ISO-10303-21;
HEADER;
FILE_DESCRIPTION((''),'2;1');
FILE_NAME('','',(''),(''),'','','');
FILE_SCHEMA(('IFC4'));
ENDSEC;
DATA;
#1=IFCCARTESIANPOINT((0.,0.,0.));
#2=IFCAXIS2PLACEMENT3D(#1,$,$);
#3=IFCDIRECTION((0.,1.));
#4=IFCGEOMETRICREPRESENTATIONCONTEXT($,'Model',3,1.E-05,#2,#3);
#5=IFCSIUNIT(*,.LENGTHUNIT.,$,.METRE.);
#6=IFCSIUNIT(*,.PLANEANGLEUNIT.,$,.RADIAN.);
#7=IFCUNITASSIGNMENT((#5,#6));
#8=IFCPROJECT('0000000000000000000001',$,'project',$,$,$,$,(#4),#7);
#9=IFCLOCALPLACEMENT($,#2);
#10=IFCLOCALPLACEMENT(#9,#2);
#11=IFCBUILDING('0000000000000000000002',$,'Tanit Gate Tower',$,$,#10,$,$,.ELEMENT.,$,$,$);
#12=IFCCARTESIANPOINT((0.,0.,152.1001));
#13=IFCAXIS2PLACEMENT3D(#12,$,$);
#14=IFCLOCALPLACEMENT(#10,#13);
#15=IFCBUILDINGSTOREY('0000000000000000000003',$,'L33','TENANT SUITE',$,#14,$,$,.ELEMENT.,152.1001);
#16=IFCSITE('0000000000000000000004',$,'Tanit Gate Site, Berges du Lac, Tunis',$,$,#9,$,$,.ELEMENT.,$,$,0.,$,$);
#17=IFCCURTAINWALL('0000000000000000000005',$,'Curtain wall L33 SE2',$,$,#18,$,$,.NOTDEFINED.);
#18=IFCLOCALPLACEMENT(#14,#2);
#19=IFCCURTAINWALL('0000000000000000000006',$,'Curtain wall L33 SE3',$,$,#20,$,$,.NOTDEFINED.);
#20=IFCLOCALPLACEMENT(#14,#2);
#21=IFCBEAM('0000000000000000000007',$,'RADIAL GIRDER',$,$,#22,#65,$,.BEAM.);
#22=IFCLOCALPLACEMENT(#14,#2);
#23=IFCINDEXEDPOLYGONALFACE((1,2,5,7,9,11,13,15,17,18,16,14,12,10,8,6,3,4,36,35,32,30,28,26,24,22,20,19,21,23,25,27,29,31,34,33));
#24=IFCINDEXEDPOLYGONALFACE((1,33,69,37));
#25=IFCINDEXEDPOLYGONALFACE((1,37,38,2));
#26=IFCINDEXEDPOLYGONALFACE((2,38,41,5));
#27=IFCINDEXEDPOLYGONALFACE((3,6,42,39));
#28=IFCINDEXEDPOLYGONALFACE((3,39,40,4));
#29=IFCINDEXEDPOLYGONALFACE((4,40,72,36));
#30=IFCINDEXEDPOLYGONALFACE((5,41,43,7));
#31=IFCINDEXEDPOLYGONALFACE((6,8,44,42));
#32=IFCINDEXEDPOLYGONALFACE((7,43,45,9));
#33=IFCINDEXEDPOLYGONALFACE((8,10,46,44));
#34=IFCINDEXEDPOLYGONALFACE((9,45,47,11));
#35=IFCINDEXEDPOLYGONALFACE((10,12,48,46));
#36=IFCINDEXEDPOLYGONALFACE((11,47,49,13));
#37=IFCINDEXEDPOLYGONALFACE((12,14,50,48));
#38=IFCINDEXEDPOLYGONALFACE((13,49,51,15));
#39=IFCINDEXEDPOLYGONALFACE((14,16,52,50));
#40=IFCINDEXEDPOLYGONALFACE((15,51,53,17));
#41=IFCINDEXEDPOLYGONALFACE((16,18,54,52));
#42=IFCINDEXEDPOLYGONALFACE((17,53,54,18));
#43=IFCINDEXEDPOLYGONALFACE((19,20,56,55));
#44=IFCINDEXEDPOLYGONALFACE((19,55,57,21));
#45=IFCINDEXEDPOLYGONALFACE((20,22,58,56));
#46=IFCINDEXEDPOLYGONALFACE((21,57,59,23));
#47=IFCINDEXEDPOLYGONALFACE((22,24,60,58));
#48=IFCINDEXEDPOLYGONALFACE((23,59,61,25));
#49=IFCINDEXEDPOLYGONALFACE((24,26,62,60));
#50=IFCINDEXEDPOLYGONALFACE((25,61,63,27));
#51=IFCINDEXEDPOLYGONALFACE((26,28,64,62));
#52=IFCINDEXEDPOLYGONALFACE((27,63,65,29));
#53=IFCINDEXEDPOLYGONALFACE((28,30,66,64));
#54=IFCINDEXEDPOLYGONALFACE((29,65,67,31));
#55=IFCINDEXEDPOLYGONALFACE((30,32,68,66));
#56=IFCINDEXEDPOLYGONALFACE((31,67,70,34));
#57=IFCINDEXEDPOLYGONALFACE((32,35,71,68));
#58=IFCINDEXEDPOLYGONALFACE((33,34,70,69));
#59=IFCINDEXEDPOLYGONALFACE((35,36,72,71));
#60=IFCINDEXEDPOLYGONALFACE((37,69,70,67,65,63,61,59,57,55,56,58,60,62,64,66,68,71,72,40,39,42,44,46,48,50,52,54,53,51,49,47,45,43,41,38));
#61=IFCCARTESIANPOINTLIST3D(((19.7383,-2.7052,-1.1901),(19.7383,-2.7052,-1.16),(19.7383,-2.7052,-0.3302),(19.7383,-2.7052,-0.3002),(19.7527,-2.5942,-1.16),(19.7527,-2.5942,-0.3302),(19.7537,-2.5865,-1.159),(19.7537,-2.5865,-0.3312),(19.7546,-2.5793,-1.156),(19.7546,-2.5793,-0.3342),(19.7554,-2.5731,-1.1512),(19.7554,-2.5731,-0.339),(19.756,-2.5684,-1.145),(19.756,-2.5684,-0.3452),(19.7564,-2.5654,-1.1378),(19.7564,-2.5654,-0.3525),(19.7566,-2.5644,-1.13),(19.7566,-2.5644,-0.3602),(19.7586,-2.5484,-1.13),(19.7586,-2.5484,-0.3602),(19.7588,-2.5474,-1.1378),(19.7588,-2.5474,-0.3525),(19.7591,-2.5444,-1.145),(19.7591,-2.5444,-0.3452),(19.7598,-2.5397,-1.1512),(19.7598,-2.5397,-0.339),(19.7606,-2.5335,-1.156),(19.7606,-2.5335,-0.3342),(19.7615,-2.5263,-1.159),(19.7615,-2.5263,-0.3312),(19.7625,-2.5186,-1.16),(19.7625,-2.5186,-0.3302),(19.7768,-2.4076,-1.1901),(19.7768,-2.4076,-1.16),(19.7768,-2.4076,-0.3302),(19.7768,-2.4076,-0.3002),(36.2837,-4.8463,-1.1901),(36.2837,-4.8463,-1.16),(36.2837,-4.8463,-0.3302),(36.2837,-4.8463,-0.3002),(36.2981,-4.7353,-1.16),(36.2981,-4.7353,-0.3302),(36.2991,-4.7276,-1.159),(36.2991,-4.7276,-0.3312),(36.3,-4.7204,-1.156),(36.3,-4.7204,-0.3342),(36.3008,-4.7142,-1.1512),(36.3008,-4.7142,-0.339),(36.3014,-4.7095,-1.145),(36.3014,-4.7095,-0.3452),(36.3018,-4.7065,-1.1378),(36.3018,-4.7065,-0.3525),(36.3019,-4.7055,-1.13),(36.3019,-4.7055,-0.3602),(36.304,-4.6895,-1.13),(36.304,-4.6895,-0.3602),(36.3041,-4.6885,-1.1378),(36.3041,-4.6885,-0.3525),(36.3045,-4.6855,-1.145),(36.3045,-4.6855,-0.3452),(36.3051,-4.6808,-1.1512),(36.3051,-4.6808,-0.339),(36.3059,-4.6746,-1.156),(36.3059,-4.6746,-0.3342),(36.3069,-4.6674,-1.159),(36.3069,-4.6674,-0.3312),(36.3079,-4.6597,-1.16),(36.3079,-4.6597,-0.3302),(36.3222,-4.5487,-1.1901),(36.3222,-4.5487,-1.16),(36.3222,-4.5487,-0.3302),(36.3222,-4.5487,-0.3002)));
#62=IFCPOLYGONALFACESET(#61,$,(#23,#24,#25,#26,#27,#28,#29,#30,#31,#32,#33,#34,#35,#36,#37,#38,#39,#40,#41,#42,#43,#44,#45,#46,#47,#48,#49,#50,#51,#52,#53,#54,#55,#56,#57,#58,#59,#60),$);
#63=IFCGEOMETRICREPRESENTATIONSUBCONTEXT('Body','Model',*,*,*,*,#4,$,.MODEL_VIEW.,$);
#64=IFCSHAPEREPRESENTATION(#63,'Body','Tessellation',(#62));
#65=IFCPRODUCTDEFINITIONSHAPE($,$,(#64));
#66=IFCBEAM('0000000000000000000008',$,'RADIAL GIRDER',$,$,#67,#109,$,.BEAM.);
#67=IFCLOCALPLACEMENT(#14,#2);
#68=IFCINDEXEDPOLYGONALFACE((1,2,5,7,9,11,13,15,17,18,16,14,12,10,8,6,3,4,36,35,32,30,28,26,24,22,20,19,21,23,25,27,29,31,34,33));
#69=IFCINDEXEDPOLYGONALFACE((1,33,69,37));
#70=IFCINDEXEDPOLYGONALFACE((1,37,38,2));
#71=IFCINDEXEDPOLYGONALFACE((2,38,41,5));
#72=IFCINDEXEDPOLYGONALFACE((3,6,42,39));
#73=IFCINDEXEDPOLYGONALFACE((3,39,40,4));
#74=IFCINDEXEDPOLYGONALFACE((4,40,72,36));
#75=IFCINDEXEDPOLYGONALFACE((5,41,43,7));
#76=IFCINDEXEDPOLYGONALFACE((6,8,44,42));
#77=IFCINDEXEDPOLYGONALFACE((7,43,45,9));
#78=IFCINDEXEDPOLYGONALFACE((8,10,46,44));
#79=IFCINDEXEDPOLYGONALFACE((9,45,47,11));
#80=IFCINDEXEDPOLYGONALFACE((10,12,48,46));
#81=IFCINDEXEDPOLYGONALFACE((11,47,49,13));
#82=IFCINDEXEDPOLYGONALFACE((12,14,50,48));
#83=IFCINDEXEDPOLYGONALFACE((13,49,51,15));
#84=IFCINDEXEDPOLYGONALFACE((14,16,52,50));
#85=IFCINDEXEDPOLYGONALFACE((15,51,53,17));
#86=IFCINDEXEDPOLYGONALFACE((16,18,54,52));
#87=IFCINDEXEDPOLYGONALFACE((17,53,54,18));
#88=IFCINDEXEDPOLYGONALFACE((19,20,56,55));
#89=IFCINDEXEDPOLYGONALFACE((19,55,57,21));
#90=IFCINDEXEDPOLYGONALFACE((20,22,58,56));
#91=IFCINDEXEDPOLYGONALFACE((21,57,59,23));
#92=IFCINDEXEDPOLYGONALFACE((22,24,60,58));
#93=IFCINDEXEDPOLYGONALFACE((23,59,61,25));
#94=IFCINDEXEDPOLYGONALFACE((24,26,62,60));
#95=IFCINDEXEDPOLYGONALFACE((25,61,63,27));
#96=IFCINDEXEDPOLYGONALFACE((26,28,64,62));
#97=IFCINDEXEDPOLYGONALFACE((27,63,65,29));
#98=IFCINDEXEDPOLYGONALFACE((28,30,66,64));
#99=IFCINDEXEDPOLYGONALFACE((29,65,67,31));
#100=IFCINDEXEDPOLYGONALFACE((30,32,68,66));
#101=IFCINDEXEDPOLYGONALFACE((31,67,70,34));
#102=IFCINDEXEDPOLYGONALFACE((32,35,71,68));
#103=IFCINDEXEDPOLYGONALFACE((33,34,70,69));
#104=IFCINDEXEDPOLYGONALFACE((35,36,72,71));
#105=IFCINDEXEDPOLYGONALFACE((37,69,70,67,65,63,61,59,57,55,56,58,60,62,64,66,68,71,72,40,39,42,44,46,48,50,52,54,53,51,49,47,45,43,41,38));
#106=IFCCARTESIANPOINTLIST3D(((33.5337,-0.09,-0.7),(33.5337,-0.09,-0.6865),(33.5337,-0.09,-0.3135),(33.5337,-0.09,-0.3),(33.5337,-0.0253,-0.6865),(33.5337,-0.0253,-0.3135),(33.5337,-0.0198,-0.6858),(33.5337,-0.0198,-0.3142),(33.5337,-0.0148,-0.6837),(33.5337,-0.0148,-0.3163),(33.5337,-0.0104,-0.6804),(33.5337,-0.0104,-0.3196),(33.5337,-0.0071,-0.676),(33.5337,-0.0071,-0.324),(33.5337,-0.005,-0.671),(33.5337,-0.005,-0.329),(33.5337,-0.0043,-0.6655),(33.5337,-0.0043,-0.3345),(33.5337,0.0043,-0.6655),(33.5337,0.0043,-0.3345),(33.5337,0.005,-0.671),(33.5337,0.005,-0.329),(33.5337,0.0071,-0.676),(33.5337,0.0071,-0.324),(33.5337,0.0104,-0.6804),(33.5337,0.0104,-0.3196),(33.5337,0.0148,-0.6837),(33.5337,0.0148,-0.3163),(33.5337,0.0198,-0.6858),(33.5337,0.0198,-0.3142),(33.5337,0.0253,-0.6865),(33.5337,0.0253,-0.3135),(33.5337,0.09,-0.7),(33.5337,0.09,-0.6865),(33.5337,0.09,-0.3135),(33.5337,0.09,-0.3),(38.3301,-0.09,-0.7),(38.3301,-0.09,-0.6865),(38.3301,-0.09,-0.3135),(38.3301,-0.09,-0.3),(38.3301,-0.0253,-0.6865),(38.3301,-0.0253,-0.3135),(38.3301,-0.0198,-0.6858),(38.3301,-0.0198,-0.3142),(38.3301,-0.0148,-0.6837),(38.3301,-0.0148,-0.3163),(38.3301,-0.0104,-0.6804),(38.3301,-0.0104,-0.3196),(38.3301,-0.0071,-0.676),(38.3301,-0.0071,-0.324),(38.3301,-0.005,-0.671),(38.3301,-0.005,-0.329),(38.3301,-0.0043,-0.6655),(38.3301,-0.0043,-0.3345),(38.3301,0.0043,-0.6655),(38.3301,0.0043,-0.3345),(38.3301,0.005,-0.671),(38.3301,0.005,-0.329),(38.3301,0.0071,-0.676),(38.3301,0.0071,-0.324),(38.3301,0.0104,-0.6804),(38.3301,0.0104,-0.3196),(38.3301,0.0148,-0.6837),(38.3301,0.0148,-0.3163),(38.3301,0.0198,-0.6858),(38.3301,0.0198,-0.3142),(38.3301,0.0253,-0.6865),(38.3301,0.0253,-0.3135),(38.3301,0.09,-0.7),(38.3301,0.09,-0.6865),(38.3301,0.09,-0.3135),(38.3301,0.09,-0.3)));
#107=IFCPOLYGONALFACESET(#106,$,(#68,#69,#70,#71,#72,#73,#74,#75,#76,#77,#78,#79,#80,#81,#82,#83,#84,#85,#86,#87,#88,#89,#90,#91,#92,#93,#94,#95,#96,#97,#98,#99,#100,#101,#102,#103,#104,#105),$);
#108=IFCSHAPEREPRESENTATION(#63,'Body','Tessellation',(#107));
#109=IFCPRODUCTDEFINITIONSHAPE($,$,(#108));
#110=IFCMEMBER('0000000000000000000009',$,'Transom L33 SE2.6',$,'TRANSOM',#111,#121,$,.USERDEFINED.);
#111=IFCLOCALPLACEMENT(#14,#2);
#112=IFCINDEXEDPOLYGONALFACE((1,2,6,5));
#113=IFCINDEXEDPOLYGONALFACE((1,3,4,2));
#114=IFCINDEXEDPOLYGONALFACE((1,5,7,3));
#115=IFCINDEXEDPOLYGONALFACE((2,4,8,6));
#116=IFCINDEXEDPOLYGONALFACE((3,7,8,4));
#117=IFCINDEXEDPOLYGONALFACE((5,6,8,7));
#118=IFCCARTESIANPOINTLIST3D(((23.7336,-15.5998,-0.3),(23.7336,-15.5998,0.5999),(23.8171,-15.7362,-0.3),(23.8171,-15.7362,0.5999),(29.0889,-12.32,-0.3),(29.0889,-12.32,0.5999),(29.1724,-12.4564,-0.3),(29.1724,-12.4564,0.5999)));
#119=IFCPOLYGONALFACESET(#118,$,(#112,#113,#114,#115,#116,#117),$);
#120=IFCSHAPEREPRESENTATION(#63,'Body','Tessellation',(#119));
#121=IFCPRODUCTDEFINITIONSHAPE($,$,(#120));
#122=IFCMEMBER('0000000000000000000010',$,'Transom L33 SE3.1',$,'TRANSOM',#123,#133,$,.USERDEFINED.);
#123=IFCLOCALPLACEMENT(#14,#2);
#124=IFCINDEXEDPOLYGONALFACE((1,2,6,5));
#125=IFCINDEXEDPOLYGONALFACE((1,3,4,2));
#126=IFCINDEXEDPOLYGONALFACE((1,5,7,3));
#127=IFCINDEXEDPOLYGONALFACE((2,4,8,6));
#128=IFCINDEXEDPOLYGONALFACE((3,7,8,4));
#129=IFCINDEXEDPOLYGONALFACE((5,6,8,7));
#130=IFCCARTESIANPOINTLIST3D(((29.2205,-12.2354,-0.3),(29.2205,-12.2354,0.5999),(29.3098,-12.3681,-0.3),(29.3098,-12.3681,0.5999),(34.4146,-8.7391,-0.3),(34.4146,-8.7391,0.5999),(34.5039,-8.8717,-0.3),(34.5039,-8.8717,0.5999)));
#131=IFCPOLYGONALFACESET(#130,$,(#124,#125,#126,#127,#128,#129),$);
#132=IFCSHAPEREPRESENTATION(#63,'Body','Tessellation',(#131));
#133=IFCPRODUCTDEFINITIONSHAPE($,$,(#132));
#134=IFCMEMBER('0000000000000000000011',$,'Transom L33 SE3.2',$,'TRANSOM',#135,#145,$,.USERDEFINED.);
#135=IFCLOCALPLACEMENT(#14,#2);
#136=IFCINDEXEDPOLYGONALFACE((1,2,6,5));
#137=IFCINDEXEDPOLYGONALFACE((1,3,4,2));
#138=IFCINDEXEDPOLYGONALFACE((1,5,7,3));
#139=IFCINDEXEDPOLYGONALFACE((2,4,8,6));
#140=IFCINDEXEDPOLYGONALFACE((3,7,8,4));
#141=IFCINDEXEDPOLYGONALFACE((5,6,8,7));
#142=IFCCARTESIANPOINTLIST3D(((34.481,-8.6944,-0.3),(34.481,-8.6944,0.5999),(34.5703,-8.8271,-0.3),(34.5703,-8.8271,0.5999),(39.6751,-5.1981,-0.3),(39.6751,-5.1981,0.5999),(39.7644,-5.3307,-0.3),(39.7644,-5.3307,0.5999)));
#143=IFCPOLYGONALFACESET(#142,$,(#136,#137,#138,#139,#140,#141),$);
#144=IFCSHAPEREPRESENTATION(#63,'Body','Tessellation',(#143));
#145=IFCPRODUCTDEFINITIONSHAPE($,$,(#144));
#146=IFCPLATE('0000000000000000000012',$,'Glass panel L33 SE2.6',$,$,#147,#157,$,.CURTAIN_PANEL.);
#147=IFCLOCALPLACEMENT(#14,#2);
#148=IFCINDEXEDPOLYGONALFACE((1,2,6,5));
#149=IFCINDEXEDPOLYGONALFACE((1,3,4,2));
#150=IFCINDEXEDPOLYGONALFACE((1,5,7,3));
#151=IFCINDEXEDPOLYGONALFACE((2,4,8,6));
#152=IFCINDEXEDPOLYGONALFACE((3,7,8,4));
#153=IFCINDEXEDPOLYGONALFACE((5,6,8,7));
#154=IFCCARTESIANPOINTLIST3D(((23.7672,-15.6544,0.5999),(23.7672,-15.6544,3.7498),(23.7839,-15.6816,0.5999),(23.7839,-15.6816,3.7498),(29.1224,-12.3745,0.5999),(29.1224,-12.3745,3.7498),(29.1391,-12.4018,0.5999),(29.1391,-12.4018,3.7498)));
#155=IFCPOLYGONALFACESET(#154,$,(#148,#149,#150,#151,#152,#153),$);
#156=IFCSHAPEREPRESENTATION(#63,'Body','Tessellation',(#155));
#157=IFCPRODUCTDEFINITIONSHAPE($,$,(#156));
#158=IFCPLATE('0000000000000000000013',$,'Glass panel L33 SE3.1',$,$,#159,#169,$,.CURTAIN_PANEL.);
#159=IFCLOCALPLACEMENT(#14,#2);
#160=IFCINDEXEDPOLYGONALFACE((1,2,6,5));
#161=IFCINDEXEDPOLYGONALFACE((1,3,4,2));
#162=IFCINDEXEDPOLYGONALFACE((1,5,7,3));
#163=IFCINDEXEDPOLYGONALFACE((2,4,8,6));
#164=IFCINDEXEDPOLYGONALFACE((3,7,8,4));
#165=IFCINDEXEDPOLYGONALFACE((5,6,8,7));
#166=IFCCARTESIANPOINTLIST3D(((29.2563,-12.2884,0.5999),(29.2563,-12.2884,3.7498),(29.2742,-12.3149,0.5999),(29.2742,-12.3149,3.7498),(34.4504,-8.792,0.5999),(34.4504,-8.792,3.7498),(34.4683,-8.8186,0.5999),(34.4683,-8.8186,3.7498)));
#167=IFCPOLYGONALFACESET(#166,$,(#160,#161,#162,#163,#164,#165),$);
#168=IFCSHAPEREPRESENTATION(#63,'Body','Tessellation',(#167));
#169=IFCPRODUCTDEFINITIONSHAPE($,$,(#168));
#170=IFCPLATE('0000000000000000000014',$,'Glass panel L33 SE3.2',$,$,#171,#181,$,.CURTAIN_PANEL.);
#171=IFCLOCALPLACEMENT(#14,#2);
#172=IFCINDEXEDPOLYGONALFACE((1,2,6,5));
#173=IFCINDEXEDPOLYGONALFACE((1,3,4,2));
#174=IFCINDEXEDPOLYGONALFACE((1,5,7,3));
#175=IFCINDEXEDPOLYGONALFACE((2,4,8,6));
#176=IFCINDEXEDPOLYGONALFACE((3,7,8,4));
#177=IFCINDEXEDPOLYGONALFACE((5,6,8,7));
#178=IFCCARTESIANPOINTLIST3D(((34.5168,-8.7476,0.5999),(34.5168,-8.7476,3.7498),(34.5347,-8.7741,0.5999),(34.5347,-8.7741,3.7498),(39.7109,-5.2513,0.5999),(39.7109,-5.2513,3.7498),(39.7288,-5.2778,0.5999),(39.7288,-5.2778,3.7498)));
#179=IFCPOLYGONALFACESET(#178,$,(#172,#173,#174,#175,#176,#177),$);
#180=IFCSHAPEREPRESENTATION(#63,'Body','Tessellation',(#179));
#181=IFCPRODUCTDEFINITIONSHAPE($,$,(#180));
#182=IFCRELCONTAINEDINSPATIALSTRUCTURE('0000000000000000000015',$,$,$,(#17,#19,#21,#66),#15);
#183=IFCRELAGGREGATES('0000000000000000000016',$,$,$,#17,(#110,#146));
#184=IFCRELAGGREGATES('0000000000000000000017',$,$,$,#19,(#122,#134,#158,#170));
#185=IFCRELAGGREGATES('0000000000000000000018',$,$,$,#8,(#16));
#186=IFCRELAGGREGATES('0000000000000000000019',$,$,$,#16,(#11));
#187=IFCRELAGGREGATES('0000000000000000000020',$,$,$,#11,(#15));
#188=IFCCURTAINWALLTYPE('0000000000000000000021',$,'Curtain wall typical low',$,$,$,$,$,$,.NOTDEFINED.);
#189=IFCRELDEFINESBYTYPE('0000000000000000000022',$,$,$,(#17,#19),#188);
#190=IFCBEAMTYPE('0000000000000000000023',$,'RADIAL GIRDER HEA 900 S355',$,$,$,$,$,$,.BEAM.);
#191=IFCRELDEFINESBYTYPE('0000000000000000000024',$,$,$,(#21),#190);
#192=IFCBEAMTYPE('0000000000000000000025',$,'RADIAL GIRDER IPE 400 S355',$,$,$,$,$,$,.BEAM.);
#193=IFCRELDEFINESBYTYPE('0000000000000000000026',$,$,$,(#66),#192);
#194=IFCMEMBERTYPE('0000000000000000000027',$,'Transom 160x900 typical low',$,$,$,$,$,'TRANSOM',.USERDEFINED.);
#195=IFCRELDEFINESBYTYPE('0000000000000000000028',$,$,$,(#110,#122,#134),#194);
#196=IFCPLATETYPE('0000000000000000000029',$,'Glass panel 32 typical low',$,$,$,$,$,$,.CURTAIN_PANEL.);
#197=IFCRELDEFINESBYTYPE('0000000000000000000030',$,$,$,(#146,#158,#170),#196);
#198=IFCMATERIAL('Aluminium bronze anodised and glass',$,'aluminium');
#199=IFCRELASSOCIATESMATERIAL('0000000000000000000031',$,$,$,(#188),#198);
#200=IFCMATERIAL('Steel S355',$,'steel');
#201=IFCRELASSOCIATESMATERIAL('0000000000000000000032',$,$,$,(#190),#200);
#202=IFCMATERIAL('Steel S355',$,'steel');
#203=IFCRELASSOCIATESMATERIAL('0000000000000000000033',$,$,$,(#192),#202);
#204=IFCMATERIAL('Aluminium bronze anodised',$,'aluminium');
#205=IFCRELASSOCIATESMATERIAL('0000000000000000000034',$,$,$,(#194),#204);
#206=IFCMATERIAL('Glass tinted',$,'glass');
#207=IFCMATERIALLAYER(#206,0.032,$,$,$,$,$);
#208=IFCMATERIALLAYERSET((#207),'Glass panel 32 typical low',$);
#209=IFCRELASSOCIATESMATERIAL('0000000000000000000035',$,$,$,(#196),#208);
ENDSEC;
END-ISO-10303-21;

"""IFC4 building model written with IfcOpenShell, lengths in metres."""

from ifc_helpers import new_model, si_unit, direction, frame, origin, origin_2d, place, context, subcontext, project, spatial, rectangle, i_section, extrude, material, layer, layer_set, material_profile, profile_set, type_object, element, aggregate, save


model = new_model("IFC4")

# Units and contexts
model_context = context("Model", 3, precision=1e-05, world=origin(), true_north=direction((0.0, 1.0)))
body_context = subcontext(model_context, "Body", "Model", "MODEL_VIEW")
ifc_project = project(units=[si_unit("LENGTHUNIT", "METRE"), si_unit("PLANEANGLEUNIT", "RADIAN")], contexts=[model_context])

# Site, building, storey
site_placement = place(None, origin())
site = spatial("IfcSite", under=ifc_project, at=site_placement, Name="Tanit Gate Site, Berges du Lac, Tunis", CompositionType="ELEMENT", RefElevation=0.0)
building_placement = place(site_placement, origin())
building = spatial("IfcBuilding", under=site, at=building_placement, Name="Tanit Gate Tower", CompositionType="ELEMENT")
storey_placement = place(building_placement, frame((0.0, 0.0, 152.1001)))
storey = spatial("IfcBuildingStorey", under=building, at=storey_placement, Name="L33", Description="TENANT SUITE", CompositionType="ELEMENT", Elevation=152.1001)

# Curtain wall
ifc_material_1 = material(Name="Aluminium bronze anodised and glass", Category="aluminium")
curtain_wall_type = type_object("IfcCurtainWallType", Name="Curtain wall typical low", PredefinedType="NOTDEFINED", material=ifc_material_1)
curtain_wall_1_placement = place(storey_placement, origin())
curtain_wall_1 = element("IfcCurtainWall", 1, at=curtain_wall_1_placement, inside=storey, type_object=curtain_wall_type, Name="Curtain wall L33 SE2", PredefinedType="NOTDEFINED")

# Curtain wall
curtain_wall_2_placement = place(storey_placement, origin())
curtain_wall_2 = element("IfcCurtainWall", 2, at=curtain_wall_2_placement, inside=storey, type_object=curtain_wall_type, Name="Curtain wall L33 SE3", PredefinedType="NOTDEFINED")

# Beams
ifc_material_2 = material(Name="Steel S355", Category="steel")
ifc_material_profile_1 = material_profile(ifc_material_2, i_section(OverallWidth=0.3, OverallDepth=0.8899, WebThickness=0.0161, FlangeThickness=0.03, FilletRadius=0.03, at=origin_2d()), Name="HEA 900")
ifc_profile_set_1 = profile_set([ifc_material_profile_1], Name="Steel S355")
beam_type_1 = type_object("IfcBeamType", Name="RADIAL GIRDER HEA 900 S355", PredefinedType="BEAM", material=ifc_profile_set_1)
beam_1_placement = place(storey_placement, frame((36.303, -4.6975, -0.7451), z_axis=(-0.99173, 0.128338, 0.0), x_axis=(-0.128338, -0.99173, 0.0)))
element("IfcBeam", 3, at=beam_1_placement, inside=storey, type_object=beam_type_1, Name="RADIAL GIRDER", PredefinedType="BEAM", context=body_context, shape_type="SweptSolid", body=[
    extrude(i_section(OverallWidth=0.3, OverallDepth=0.8899, WebThickness=0.0161, FlangeThickness=0.03, FilletRadius=0.03, at=origin_2d()), origin(), (0.0, 0.0, 1.0), 16.6833),
])
ifc_material_3 = material(Name="Steel S355", Category="steel")
ifc_material_profile_2 = material_profile(ifc_material_3, i_section(OverallWidth=0.1799, OverallDepth=0.3999, WebThickness=0.0085, FlangeThickness=0.0134, FilletRadius=0.021, at=origin_2d()), Name="IPE 400")
ifc_profile_set_2 = profile_set([ifc_material_profile_2], Name="Steel S355")
beam_type_2 = type_object("IfcBeamType", Name="RADIAL GIRDER IPE 400 S355", PredefinedType="BEAM", material=ifc_profile_set_2)
beam_2_placement = place(storey_placement, frame((38.3301, 0.0, -0.5), z_axis=(-1.0, 0.0, 0.0), x_axis=(0.0, -1.0, 0.0)))
element("IfcBeam", 4, at=beam_2_placement, inside=storey, type_object=beam_type_2, Name="RADIAL GIRDER", PredefinedType="BEAM", context=body_context, shape_type="SweptSolid", body=[
    extrude(i_section(OverallWidth=0.1799, OverallDepth=0.3999, WebThickness=0.0085, FlangeThickness=0.0134, FilletRadius=0.021, at=origin_2d()), origin(), (0.0, 0.0, 1.0), 4.7964),
])

# Members
ifc_material_4 = material(Name="Aluminium bronze anodised", Category="aluminium")
ifc_material_profile_3 = material_profile(ifc_material_4, rectangle(XDim=0.1599, YDim=0.8999, at=origin_2d()), Name="160x900 bronze transom")
ifc_profile_set_3 = profile_set([ifc_material_profile_3], Name="Aluminium bronze anodised")
member_type_1 = type_object("IfcMemberType", Name="Transom 160x900 typical low", ElementType="TRANSOM", PredefinedType="USERDEFINED", material=ifc_profile_set_3)
member_1_placement = place(storey_placement, frame((23.7754, -15.668, 0.1499), z_axis=(0.852775, 0.522279, 0.0), x_axis=(-0.522279, 0.852775, 0.0)))
member_1 = element("IfcMember", 5, at=member_1_placement, type_object=member_type_1, Name="Transom L33 SE2.6", ObjectType="TRANSOM", PredefinedType="USERDEFINED", context=body_context, shape_type="SweptSolid", body=[
    extrude(rectangle(XDim=0.1599, YDim=0.8999, at=origin_2d()), origin(), (0.0, 0.0, 1.0), 6.2798),
])
member_2_placement = place(storey_placement, frame((29.2651, -12.3018, 0.1499), z_axis=(0.829564, 0.558411, 0.0), x_axis=(-0.558411, 0.829564, 0.0)))
member_2 = element("IfcMember", 6, at=member_2_placement, type_object=member_type_1, Name="Transom L33 SE3.1", ObjectType="TRANSOM", PredefinedType="USERDEFINED", context=body_context, shape_type="SweptSolid", body=[
    extrude(rectangle(XDim=0.1599, YDim=0.8999, at=origin_2d()), origin(), (0.0, 0.0, 1.0), 6.2612),
])
member_3_placement = place(storey_placement, frame((34.5256, -8.7607, 0.1499), z_axis=(0.829564, 0.558411, 0.0), x_axis=(-0.558411, 0.829564, 0.0)))
member_3 = element("IfcMember", 7, at=member_3_placement, type_object=member_type_1, Name="Transom L33 SE3.2", ObjectType="TRANSOM", PredefinedType="USERDEFINED", context=body_context, shape_type="SweptSolid", body=[
    extrude(rectangle(XDim=0.1599, YDim=0.8999, at=origin_2d()), origin(), (0.0, 0.0, 1.0), 6.2612),
])

# Plates
ifc_material_5 = material(Name="Glass tinted", Category="glass")
ifc_layer_1 = layer(ifc_material_5, 0.032)
ifc_layer_set_1 = layer_set([ifc_layer_1], Name="Glass panel 32 typical low")
plate_type = type_object("IfcPlateType", Name="Glass panel 32 typical low", PredefinedType="CURTAIN_PANEL", material=ifc_layer_set_1)
plate_1_placement = place(storey_placement, frame((26.4531, -14.0281, 0.5999), z_axis=(0.0, 0.0, 1.0), x_axis=(0.852772, 0.522283, 0.0)))
plate_1 = element("IfcPlate", 8, at=plate_1_placement, type_object=plate_type, Name="Glass panel L33 SE2.6", PredefinedType="CURTAIN_PANEL", context=body_context, shape_type="SweptSolid", body=[
    extrude(rectangle(XDim=6.2798, YDim=0.032, at=origin_2d()), origin(), (0.0, 0.0, 1.0), 3.1499),
])
aggregate(curtain_wall_1, [member_1, plate_1])
plate_2_placement = place(storey_placement, frame((31.8623, -10.5535, 0.5999), z_axis=(0.0, 0.0, 1.0), x_axis=(0.829567, 0.558408, 0.0)))
plate_2 = element("IfcPlate", 9, at=plate_2_placement, type_object=plate_type, Name="Glass panel L33 SE3.1", PredefinedType="CURTAIN_PANEL", context=body_context, shape_type="SweptSolid", body=[
    extrude(rectangle(XDim=6.2612, YDim=0.032, at=origin_2d()), origin(), (0.0, 0.0, 1.0), 3.1499),
])
plate_3_placement = place(storey_placement, frame((37.1228, -7.0127, 0.5999), z_axis=(0.0, 0.0, 1.0), x_axis=(0.829567, 0.558408, 0.0)))
plate_3 = element("IfcPlate", 10, at=plate_3_placement, type_object=plate_type, Name="Glass panel L33 SE3.2", PredefinedType="CURTAIN_PANEL", context=body_context, shape_type="SweptSolid", body=[
    extrude(rectangle(XDim=6.2612, YDim=0.032, at=origin_2d()), origin(), (0.0, 0.0, 1.0), 3.1499),
])
aggregate(curtain_wall_2, [member_2, member_3, plate_2, plate_3])

save(model, "model.ifc")
